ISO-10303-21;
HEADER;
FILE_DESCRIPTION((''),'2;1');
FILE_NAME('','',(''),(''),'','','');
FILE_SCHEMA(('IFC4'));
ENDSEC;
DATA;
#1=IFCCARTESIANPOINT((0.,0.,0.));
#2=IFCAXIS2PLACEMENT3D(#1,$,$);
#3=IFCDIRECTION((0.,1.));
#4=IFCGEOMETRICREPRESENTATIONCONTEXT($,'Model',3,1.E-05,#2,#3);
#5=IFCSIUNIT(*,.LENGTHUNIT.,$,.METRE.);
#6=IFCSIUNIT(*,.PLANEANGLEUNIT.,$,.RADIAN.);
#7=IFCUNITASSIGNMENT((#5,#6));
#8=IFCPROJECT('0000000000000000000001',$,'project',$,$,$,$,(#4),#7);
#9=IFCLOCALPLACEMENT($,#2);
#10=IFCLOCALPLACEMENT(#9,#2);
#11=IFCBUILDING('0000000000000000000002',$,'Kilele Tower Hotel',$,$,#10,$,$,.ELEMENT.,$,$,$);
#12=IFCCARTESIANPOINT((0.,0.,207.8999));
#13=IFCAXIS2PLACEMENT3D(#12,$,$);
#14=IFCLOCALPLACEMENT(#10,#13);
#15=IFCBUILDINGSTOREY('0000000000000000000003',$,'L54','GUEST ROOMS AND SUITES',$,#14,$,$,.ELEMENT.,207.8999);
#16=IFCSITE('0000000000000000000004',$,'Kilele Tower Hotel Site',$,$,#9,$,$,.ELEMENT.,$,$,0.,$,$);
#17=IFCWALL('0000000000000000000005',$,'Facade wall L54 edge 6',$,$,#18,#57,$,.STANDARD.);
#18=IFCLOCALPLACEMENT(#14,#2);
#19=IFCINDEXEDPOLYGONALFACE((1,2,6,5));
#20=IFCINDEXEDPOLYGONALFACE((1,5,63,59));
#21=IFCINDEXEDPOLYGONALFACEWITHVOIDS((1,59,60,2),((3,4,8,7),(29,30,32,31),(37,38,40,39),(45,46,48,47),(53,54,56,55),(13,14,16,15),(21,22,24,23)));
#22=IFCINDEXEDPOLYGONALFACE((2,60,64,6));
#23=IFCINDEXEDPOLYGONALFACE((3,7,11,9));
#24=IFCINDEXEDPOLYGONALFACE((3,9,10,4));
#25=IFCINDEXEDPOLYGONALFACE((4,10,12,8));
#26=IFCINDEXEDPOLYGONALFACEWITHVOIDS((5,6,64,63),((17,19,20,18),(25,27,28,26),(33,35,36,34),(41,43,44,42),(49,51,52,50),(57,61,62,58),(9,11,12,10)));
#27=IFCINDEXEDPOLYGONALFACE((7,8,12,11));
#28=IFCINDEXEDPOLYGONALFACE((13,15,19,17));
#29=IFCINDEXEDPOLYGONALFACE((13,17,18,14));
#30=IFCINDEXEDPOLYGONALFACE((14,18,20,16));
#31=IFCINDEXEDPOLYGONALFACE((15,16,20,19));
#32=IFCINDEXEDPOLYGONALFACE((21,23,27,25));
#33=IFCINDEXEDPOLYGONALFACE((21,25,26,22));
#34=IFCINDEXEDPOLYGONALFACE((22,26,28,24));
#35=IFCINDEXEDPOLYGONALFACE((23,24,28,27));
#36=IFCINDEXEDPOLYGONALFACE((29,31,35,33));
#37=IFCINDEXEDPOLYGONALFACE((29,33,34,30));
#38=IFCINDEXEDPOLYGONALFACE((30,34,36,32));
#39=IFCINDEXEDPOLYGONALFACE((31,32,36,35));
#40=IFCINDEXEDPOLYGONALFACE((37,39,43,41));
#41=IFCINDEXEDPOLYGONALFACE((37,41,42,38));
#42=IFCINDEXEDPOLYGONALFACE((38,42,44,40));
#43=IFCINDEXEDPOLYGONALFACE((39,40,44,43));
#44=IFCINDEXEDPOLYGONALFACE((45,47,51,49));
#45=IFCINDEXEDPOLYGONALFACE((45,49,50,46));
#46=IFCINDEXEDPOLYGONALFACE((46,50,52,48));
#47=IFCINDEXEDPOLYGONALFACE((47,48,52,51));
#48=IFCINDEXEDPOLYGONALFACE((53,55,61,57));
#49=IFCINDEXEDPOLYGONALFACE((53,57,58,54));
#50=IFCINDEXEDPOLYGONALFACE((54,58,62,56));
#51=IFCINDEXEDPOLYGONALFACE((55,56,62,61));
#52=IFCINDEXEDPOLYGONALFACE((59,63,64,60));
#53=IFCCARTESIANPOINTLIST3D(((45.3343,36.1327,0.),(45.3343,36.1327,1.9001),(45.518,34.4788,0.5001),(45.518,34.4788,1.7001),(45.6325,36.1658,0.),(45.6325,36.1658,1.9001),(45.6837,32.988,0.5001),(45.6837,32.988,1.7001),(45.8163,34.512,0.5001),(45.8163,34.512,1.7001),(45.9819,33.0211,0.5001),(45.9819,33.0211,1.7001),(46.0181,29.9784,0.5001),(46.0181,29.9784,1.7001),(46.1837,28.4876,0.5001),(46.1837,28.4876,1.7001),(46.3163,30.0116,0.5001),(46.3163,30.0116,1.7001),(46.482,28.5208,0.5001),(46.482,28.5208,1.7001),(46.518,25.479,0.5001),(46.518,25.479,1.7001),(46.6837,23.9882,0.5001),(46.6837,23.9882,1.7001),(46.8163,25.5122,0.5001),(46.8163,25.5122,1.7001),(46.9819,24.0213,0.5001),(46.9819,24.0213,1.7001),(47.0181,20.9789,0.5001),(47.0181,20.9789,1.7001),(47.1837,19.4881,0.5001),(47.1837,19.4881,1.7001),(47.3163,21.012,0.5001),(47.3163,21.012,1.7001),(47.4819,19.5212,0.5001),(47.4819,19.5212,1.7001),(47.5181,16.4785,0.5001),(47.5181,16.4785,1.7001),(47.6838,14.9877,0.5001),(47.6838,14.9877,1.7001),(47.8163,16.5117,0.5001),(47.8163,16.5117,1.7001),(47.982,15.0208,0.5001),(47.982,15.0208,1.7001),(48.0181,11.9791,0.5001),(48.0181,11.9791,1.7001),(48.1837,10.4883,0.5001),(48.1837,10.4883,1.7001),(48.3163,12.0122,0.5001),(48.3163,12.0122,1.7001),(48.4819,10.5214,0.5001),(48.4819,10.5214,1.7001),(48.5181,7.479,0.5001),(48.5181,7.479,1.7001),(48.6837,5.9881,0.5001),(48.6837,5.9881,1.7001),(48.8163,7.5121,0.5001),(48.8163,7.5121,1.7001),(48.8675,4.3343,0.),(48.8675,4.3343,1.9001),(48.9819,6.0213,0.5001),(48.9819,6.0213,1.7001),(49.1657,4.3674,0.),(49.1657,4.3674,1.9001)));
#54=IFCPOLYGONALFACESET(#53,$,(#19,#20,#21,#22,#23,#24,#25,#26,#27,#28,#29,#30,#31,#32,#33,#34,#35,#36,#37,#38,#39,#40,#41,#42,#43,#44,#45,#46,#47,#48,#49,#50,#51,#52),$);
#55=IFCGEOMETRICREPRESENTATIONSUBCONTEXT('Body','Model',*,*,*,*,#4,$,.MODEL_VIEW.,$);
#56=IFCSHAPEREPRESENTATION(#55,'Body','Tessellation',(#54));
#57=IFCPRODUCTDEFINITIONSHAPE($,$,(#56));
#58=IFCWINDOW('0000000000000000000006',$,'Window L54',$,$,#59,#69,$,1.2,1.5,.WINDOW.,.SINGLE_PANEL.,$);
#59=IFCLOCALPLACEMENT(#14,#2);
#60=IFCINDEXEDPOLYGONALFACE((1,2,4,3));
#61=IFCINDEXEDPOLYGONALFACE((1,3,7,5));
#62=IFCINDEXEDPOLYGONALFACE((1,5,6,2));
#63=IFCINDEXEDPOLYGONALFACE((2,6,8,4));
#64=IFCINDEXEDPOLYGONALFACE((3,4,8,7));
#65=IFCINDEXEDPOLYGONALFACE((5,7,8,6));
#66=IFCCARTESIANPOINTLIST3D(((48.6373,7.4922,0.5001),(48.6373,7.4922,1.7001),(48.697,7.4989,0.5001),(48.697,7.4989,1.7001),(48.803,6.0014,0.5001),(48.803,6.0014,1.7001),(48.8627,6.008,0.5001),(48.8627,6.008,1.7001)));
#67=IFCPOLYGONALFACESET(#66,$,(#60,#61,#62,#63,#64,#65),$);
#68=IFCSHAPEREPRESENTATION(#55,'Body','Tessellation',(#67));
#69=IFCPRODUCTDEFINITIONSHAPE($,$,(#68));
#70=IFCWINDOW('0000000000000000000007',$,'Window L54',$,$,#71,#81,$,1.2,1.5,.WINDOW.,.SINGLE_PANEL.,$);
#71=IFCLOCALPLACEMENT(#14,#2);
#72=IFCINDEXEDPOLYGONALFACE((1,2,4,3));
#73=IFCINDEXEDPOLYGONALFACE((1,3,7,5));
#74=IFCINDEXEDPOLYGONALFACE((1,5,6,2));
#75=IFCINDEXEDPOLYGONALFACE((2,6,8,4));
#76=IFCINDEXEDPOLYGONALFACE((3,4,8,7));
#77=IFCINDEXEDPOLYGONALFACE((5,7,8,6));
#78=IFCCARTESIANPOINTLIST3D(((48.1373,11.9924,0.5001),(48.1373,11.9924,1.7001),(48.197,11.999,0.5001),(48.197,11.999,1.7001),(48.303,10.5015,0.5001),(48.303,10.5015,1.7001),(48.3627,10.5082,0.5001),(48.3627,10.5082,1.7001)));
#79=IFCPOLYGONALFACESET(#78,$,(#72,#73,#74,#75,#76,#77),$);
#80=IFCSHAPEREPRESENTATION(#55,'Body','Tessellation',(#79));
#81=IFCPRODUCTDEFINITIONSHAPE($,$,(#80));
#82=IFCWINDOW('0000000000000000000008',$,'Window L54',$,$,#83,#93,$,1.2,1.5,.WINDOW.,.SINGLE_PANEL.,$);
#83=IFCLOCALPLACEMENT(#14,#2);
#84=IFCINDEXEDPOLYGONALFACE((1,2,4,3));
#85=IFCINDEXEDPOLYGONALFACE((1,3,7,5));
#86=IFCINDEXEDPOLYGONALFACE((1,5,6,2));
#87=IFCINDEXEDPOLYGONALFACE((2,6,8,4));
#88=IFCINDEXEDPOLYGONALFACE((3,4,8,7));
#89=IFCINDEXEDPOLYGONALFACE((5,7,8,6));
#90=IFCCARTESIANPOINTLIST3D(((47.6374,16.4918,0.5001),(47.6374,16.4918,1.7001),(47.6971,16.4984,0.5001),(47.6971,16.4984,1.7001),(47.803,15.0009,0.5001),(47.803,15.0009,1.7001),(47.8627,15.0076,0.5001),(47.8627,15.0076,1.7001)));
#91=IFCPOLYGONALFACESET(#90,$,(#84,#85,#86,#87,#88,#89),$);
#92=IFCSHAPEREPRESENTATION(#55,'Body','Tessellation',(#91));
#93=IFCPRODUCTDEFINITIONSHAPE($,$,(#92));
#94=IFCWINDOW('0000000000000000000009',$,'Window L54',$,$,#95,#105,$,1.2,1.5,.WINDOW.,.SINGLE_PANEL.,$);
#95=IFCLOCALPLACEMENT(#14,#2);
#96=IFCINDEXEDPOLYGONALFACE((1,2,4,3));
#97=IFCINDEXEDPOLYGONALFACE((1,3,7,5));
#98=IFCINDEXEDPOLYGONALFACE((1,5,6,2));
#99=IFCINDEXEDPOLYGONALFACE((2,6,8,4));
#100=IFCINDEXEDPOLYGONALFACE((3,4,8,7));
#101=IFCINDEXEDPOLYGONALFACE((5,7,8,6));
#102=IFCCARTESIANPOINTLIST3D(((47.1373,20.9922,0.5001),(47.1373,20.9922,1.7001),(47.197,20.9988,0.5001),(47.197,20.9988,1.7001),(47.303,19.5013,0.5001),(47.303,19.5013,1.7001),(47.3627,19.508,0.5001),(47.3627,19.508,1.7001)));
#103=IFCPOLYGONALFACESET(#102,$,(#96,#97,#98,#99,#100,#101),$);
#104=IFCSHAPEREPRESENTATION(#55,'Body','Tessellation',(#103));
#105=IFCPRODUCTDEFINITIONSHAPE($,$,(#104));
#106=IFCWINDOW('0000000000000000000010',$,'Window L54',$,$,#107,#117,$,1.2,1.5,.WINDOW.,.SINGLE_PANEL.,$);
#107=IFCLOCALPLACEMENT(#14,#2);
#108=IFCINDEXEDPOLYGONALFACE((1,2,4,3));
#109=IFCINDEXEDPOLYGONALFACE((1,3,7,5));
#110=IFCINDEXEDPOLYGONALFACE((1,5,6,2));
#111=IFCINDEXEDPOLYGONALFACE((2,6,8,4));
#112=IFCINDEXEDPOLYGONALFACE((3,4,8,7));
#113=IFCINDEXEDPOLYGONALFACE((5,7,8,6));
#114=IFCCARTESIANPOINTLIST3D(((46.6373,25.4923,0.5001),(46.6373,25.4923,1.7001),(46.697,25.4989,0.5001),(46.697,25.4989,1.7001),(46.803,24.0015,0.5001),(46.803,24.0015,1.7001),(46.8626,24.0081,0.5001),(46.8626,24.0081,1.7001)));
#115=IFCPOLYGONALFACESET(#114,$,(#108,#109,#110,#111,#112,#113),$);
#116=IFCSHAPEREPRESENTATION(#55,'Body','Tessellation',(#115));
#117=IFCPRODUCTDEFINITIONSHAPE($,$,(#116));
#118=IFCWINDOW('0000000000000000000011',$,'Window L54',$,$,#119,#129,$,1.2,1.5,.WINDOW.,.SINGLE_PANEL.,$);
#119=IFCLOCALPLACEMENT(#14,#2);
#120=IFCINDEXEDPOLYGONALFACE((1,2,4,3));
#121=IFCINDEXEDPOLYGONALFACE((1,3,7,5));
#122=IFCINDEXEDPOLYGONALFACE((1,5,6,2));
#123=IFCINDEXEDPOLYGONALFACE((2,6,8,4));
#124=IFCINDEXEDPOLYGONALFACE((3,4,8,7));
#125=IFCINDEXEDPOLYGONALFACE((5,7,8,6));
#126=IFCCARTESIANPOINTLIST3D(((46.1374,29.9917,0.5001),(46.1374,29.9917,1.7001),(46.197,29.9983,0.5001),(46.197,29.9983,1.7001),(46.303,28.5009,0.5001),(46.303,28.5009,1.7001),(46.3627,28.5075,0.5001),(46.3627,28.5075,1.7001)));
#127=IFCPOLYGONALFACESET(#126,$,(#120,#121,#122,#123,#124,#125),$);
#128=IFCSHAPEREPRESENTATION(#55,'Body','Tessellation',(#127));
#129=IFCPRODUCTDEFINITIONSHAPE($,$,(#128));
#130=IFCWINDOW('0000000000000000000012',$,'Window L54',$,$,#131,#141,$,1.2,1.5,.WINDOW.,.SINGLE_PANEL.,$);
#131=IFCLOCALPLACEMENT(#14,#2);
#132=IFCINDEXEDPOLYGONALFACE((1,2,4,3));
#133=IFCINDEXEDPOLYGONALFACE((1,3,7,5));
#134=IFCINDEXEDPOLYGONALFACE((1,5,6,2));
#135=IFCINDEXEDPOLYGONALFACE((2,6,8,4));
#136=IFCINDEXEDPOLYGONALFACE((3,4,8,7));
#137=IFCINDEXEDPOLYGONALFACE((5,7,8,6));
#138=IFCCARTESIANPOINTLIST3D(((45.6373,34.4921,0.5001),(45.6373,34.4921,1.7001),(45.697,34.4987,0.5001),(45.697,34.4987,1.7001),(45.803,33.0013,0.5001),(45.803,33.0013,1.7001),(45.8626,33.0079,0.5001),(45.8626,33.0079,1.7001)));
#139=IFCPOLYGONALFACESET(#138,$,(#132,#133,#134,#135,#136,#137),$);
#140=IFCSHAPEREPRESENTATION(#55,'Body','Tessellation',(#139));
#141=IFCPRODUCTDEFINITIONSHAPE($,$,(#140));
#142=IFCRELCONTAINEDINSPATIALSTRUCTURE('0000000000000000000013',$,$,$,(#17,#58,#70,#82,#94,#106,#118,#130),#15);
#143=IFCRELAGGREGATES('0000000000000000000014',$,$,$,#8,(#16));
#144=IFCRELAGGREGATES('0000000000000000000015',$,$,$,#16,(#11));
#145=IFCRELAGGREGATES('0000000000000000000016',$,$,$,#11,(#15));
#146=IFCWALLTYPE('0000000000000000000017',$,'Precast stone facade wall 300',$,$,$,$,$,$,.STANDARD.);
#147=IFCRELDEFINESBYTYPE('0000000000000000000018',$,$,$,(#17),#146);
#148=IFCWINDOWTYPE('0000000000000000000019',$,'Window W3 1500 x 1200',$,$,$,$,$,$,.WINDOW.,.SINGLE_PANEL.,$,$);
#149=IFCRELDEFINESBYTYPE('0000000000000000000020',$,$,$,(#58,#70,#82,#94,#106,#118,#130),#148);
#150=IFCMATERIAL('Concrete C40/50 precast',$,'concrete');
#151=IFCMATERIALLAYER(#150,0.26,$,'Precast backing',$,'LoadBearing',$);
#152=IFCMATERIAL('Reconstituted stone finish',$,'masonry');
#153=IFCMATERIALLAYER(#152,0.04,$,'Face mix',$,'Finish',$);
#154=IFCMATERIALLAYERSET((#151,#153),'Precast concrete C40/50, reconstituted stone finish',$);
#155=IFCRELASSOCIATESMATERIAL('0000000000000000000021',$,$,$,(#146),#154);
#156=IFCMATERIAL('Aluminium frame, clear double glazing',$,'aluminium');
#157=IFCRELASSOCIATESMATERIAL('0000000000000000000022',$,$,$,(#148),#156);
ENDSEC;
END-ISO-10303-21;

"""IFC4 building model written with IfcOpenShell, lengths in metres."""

from ifc_helpers import new_model, si_unit, direction, frame, frame_2d, origin, place, context, subcontext, project, spatial, rectangle, extrude, material, layer, layer_set, type_object, element, fill, save


model = new_model("IFC4")

# Units and contexts
model_context = context("Model", 3, precision=1e-05, world=origin(), true_north=direction((0.0, 1.0)))
body_context = subcontext(model_context, "Body", "Model", "MODEL_VIEW")
ifc_project = project(units=[si_unit("LENGTHUNIT", "METRE"), si_unit("PLANEANGLEUNIT", "RADIAN")], contexts=[model_context])

# Site, building, storey
site_placement = place(None, origin())
site = spatial("IfcSite", under=ifc_project, at=site_placement, Name="Kilele Tower Hotel Site", CompositionType="ELEMENT", RefElevation=0.0)
building_placement = place(site_placement, origin())
building = spatial("IfcBuilding", under=site, at=building_placement, Name="Kilele Tower Hotel", CompositionType="ELEMENT")
storey_placement = place(building_placement, frame((0.0, 0.0, 207.8999)))
storey = spatial("IfcBuildingStorey", under=building, at=storey_placement, Name="L54", Description="GUEST ROOMS AND SUITES", CompositionType="ELEMENT", Elevation=207.8999)

# Shared definitions
ifc_material_1 = material(Name="Concrete C40/50 precast", Category="concrete")
ifc_layer_1 = layer(ifc_material_1, 0.26, Name="Precast backing", Category="LoadBearing")
ifc_material_2 = material(Name="Reconstituted stone finish", Category="masonry")
ifc_layer_2 = layer(ifc_material_2, 0.04, Name="Face mix", Category="Finish")
ifc_layer_set_1 = layer_set([ifc_layer_1, ifc_layer_2], Name="Precast concrete C40/50, reconstituted stone finish")
wall_type_1 = type_object("IfcWallType", Name="Precast stone facade wall 300", PredefinedType="STANDARD", material=ifc_layer_set_1)
ifc_material_3 = material(Name="Aluminium frame, clear double glazing", Category="aluminium")
window_type = type_object("IfcWindowType", Name="Window W3 1500 x 1200", PartitioningType="SINGLE_PANEL", PredefinedType="WINDOW", material=ifc_material_3)

# Wall, openings, windows
wall_1_placement = place(storey_placement, frame((49.0166, 4.3508, 0.0), z_axis=(0.0, 0.0, 1.0), x_axis=(-0.110433, 0.993884, 0.0)))
wall_1 = element("IfcWall", 1, at=wall_1_placement, inside=storey, type_object=wall_type_1, Name="Facade wall L54 edge 6", PredefinedType="STANDARD", context=body_context, shape_type="SweptSolid", body=[
    extrude(rectangle(XDim=31.9941, YDim=0.3, at=frame_2d((15.9971, 0.0))), origin(), (0.0, 0.0, 1.0), 1.9001),
])
opening_1_placement = place(wall_1_placement, frame((1.6641, 0.0, 0.5)))
opening_1 = element("IfcOpeningElement", 2, at=opening_1_placement, cuts=wall_1, PredefinedType="OPENING", context=body_context, shape_type="SweptSolid", body=[
    extrude(rectangle(XDim=1.5, YDim=1.2, at=frame_2d((0.75, 0.6001))), frame((0.0, 0.1599, 0.0), z_axis=(0.0, -1.0, 0.0), x_axis=(1.0, 0.0, 0.0)), (0.0, 0.0, 1.0), 0.3201),
])
opening_2_placement = place(wall_1_placement, frame((6.1919, 0.0, 0.5)))
opening_2 = element("IfcOpeningElement", 3, at=opening_2_placement, cuts=wall_1, PredefinedType="OPENING", context=body_context, shape_type="SweptSolid", body=[
    extrude(rectangle(XDim=1.5, YDim=1.2, at=frame_2d((0.75, 0.6001))), frame((0.0, 0.1599, 0.0), z_axis=(0.0, -1.0, 0.0), x_axis=(1.0, 0.0, 0.0)), (0.0, 0.0, 1.0), 0.3201),
])
opening_3_placement = place(wall_1_placement, frame((10.719, 0.0, 0.5)))
opening_3 = element("IfcOpeningElement", 4, at=opening_3_placement, cuts=wall_1, PredefinedType="OPENING", context=body_context, shape_type="SweptSolid", body=[
    extrude(rectangle(XDim=1.5, YDim=1.2, at=frame_2d((0.75, 0.6001))), frame((0.0, 0.1599, 0.0), z_axis=(0.0, -1.0, 0.0), x_axis=(1.0, 0.0, 0.0)), (0.0, 0.0, 1.0), 0.3201),
])
opening_4_placement = place(wall_1_placement, frame((15.2471, 0.0, 0.5)))
opening_4 = element("IfcOpeningElement", 5, at=opening_4_placement, cuts=wall_1, PredefinedType="OPENING", context=body_context, shape_type="SweptSolid", body=[
    extrude(rectangle(XDim=1.5, YDim=1.2, at=frame_2d((0.75, 0.6001))), frame((0.0, 0.1599, 0.0), z_axis=(0.0, -1.0, 0.0), x_axis=(1.0, 0.0, 0.0)), (0.0, 0.0, 1.0), 0.3201),
])
opening_5_placement = place(wall_1_placement, frame((19.7749, 0.0, 0.5)))
opening_5 = element("IfcOpeningElement", 6, at=opening_5_placement, cuts=wall_1, PredefinedType="OPENING", context=body_context, shape_type="SweptSolid", body=[
    extrude(rectangle(XDim=1.5, YDim=1.2, at=frame_2d((0.75, 0.6001))), frame((0.0, 0.1599, 0.0), z_axis=(0.0, -1.0, 0.0), x_axis=(1.0, 0.0, 0.0)), (0.0, 0.0, 1.0), 0.3201),
])
opening_6_placement = place(wall_1_placement, frame((24.302, 0.0, 0.5)))
opening_6 = element("IfcOpeningElement", 7, at=opening_6_placement, cuts=wall_1, PredefinedType="OPENING", context=body_context, shape_type="SweptSolid", body=[
    extrude(rectangle(XDim=1.5, YDim=1.2, at=frame_2d((0.75, 0.6001))), frame((0.0, 0.1599, 0.0), z_axis=(0.0, -1.0, 0.0), x_axis=(1.0, 0.0, 0.0)), (0.0, 0.0, 1.0), 0.3201),
])
opening_7_placement = place(wall_1_placement, frame((28.8301, 0.0, 0.5)))
opening_7 = element("IfcOpeningElement", 8, at=opening_7_placement, cuts=wall_1, PredefinedType="OPENING", context=body_context, shape_type="SweptSolid", body=[
    extrude(rectangle(XDim=1.5, YDim=1.2, at=frame_2d((0.75, 0.6001))), frame((0.0, 0.1599, 0.0), z_axis=(0.0, -1.0, 0.0), x_axis=(1.0, 0.0, 0.0)), (0.0, 0.0, 1.0), 0.3201),
])
window_1_placement = place(opening_1_placement, origin())
window_1 = element("IfcWindow", 9, at=window_1_placement, inside=storey, type_object=window_type, Name="Window L54", OverallHeight=1.2, OverallWidth=1.5, PartitioningType="SINGLE_PANEL", PredefinedType="WINDOW", context=body_context, shape_type="SweptSolid", body=[
    extrude(rectangle(XDim=1.5, YDim=1.2, at=frame_2d((0.75, 0.6001))), frame((0.0, 0.03, 0.0), z_axis=(0.0, -1.0, 0.0), x_axis=(1.0, 0.0, 0.0)), (0.0, 0.0, 1.0), 0.0601),
])
fill(opening_1, window_1)
window_2_placement = place(opening_2_placement, origin())
window_2 = element("IfcWindow", 10, at=window_2_placement, inside=storey, type_object=window_type, Name="Window L54", OverallHeight=1.2, OverallWidth=1.5, PartitioningType="SINGLE_PANEL", PredefinedType="WINDOW", context=body_context, shape_type="SweptSolid", body=[
    extrude(rectangle(XDim=1.5, YDim=1.2, at=frame_2d((0.75, 0.6001))), frame((0.0, 0.03, 0.0), z_axis=(0.0, -1.0, 0.0), x_axis=(1.0, 0.0, 0.0)), (0.0, 0.0, 1.0), 0.0601),
])
fill(opening_2, window_2)
window_3_placement = place(opening_3_placement, origin())
window_3 = element("IfcWindow", 11, at=window_3_placement, inside=storey, type_object=window_type, Name="Window L54", OverallHeight=1.2, OverallWidth=1.5, PartitioningType="SINGLE_PANEL", PredefinedType="WINDOW", context=body_context, shape_type="SweptSolid", body=[
    extrude(rectangle(XDim=1.5, YDim=1.2, at=frame_2d((0.75, 0.6001))), frame((0.0, 0.03, 0.0), z_axis=(0.0, -1.0, 0.0), x_axis=(1.0, 0.0, 0.0)), (0.0, 0.0, 1.0), 0.0601),
])
fill(opening_3, window_3)
window_4_placement = place(opening_4_placement, origin())
window_4 = element("IfcWindow", 12, at=window_4_placement, inside=storey, type_object=window_type, Name="Window L54", OverallHeight=1.2, OverallWidth=1.5, PartitioningType="SINGLE_PANEL", PredefinedType="WINDOW", context=body_context, shape_type="SweptSolid", body=[
    extrude(rectangle(XDim=1.5, YDim=1.2, at=frame_2d((0.75, 0.6001))), frame((0.0, 0.03, 0.0), z_axis=(0.0, -1.0, 0.0), x_axis=(1.0, 0.0, 0.0)), (0.0, 0.0, 1.0), 0.0601),
])
fill(opening_4, window_4)
window_5_placement = place(opening_5_placement, origin())
window_5 = element("IfcWindow", 13, at=window_5_placement, inside=storey, type_object=window_type, Name="Window L54", OverallHeight=1.2, OverallWidth=1.5, PartitioningType="SINGLE_PANEL", PredefinedType="WINDOW", context=body_context, shape_type="SweptSolid", body=[
    extrude(rectangle(XDim=1.5, YDim=1.2, at=frame_2d((0.75, 0.6001))), frame((0.0, 0.03, 0.0), z_axis=(0.0, -1.0, 0.0), x_axis=(1.0, 0.0, 0.0)), (0.0, 0.0, 1.0), 0.0601),
])
fill(opening_5, window_5)
window_6_placement = place(opening_6_placement, origin())
window_6 = element("IfcWindow", 14, at=window_6_placement, inside=storey, type_object=window_type, Name="Window L54", OverallHeight=1.2, OverallWidth=1.5, PartitioningType="SINGLE_PANEL", PredefinedType="WINDOW", context=body_context, shape_type="SweptSolid", body=[
    extrude(rectangle(XDim=1.5, YDim=1.2, at=frame_2d((0.75, 0.6001))), frame((0.0, 0.03, 0.0), z_axis=(0.0, -1.0, 0.0), x_axis=(1.0, 0.0, 0.0)), (0.0, 0.0, 1.0), 0.0601),
])
fill(opening_6, window_6)
window_7_placement = place(opening_7_placement, origin())
window_7 = element("IfcWindow", 15, at=window_7_placement, inside=storey, type_object=window_type, Name="Window L54", OverallHeight=1.2, OverallWidth=1.5, PartitioningType="SINGLE_PANEL", PredefinedType="WINDOW", context=body_context, shape_type="SweptSolid", body=[
    extrude(rectangle(XDim=1.5, YDim=1.2, at=frame_2d((0.75, 0.6001))), frame((0.0, 0.03, 0.0), z_axis=(0.0, -1.0, 0.0), x_axis=(1.0, 0.0, 0.0)), (0.0, 0.0, 1.0), 0.0601),
])
fill(opening_7, window_7)

save(model, "model.ifc")
